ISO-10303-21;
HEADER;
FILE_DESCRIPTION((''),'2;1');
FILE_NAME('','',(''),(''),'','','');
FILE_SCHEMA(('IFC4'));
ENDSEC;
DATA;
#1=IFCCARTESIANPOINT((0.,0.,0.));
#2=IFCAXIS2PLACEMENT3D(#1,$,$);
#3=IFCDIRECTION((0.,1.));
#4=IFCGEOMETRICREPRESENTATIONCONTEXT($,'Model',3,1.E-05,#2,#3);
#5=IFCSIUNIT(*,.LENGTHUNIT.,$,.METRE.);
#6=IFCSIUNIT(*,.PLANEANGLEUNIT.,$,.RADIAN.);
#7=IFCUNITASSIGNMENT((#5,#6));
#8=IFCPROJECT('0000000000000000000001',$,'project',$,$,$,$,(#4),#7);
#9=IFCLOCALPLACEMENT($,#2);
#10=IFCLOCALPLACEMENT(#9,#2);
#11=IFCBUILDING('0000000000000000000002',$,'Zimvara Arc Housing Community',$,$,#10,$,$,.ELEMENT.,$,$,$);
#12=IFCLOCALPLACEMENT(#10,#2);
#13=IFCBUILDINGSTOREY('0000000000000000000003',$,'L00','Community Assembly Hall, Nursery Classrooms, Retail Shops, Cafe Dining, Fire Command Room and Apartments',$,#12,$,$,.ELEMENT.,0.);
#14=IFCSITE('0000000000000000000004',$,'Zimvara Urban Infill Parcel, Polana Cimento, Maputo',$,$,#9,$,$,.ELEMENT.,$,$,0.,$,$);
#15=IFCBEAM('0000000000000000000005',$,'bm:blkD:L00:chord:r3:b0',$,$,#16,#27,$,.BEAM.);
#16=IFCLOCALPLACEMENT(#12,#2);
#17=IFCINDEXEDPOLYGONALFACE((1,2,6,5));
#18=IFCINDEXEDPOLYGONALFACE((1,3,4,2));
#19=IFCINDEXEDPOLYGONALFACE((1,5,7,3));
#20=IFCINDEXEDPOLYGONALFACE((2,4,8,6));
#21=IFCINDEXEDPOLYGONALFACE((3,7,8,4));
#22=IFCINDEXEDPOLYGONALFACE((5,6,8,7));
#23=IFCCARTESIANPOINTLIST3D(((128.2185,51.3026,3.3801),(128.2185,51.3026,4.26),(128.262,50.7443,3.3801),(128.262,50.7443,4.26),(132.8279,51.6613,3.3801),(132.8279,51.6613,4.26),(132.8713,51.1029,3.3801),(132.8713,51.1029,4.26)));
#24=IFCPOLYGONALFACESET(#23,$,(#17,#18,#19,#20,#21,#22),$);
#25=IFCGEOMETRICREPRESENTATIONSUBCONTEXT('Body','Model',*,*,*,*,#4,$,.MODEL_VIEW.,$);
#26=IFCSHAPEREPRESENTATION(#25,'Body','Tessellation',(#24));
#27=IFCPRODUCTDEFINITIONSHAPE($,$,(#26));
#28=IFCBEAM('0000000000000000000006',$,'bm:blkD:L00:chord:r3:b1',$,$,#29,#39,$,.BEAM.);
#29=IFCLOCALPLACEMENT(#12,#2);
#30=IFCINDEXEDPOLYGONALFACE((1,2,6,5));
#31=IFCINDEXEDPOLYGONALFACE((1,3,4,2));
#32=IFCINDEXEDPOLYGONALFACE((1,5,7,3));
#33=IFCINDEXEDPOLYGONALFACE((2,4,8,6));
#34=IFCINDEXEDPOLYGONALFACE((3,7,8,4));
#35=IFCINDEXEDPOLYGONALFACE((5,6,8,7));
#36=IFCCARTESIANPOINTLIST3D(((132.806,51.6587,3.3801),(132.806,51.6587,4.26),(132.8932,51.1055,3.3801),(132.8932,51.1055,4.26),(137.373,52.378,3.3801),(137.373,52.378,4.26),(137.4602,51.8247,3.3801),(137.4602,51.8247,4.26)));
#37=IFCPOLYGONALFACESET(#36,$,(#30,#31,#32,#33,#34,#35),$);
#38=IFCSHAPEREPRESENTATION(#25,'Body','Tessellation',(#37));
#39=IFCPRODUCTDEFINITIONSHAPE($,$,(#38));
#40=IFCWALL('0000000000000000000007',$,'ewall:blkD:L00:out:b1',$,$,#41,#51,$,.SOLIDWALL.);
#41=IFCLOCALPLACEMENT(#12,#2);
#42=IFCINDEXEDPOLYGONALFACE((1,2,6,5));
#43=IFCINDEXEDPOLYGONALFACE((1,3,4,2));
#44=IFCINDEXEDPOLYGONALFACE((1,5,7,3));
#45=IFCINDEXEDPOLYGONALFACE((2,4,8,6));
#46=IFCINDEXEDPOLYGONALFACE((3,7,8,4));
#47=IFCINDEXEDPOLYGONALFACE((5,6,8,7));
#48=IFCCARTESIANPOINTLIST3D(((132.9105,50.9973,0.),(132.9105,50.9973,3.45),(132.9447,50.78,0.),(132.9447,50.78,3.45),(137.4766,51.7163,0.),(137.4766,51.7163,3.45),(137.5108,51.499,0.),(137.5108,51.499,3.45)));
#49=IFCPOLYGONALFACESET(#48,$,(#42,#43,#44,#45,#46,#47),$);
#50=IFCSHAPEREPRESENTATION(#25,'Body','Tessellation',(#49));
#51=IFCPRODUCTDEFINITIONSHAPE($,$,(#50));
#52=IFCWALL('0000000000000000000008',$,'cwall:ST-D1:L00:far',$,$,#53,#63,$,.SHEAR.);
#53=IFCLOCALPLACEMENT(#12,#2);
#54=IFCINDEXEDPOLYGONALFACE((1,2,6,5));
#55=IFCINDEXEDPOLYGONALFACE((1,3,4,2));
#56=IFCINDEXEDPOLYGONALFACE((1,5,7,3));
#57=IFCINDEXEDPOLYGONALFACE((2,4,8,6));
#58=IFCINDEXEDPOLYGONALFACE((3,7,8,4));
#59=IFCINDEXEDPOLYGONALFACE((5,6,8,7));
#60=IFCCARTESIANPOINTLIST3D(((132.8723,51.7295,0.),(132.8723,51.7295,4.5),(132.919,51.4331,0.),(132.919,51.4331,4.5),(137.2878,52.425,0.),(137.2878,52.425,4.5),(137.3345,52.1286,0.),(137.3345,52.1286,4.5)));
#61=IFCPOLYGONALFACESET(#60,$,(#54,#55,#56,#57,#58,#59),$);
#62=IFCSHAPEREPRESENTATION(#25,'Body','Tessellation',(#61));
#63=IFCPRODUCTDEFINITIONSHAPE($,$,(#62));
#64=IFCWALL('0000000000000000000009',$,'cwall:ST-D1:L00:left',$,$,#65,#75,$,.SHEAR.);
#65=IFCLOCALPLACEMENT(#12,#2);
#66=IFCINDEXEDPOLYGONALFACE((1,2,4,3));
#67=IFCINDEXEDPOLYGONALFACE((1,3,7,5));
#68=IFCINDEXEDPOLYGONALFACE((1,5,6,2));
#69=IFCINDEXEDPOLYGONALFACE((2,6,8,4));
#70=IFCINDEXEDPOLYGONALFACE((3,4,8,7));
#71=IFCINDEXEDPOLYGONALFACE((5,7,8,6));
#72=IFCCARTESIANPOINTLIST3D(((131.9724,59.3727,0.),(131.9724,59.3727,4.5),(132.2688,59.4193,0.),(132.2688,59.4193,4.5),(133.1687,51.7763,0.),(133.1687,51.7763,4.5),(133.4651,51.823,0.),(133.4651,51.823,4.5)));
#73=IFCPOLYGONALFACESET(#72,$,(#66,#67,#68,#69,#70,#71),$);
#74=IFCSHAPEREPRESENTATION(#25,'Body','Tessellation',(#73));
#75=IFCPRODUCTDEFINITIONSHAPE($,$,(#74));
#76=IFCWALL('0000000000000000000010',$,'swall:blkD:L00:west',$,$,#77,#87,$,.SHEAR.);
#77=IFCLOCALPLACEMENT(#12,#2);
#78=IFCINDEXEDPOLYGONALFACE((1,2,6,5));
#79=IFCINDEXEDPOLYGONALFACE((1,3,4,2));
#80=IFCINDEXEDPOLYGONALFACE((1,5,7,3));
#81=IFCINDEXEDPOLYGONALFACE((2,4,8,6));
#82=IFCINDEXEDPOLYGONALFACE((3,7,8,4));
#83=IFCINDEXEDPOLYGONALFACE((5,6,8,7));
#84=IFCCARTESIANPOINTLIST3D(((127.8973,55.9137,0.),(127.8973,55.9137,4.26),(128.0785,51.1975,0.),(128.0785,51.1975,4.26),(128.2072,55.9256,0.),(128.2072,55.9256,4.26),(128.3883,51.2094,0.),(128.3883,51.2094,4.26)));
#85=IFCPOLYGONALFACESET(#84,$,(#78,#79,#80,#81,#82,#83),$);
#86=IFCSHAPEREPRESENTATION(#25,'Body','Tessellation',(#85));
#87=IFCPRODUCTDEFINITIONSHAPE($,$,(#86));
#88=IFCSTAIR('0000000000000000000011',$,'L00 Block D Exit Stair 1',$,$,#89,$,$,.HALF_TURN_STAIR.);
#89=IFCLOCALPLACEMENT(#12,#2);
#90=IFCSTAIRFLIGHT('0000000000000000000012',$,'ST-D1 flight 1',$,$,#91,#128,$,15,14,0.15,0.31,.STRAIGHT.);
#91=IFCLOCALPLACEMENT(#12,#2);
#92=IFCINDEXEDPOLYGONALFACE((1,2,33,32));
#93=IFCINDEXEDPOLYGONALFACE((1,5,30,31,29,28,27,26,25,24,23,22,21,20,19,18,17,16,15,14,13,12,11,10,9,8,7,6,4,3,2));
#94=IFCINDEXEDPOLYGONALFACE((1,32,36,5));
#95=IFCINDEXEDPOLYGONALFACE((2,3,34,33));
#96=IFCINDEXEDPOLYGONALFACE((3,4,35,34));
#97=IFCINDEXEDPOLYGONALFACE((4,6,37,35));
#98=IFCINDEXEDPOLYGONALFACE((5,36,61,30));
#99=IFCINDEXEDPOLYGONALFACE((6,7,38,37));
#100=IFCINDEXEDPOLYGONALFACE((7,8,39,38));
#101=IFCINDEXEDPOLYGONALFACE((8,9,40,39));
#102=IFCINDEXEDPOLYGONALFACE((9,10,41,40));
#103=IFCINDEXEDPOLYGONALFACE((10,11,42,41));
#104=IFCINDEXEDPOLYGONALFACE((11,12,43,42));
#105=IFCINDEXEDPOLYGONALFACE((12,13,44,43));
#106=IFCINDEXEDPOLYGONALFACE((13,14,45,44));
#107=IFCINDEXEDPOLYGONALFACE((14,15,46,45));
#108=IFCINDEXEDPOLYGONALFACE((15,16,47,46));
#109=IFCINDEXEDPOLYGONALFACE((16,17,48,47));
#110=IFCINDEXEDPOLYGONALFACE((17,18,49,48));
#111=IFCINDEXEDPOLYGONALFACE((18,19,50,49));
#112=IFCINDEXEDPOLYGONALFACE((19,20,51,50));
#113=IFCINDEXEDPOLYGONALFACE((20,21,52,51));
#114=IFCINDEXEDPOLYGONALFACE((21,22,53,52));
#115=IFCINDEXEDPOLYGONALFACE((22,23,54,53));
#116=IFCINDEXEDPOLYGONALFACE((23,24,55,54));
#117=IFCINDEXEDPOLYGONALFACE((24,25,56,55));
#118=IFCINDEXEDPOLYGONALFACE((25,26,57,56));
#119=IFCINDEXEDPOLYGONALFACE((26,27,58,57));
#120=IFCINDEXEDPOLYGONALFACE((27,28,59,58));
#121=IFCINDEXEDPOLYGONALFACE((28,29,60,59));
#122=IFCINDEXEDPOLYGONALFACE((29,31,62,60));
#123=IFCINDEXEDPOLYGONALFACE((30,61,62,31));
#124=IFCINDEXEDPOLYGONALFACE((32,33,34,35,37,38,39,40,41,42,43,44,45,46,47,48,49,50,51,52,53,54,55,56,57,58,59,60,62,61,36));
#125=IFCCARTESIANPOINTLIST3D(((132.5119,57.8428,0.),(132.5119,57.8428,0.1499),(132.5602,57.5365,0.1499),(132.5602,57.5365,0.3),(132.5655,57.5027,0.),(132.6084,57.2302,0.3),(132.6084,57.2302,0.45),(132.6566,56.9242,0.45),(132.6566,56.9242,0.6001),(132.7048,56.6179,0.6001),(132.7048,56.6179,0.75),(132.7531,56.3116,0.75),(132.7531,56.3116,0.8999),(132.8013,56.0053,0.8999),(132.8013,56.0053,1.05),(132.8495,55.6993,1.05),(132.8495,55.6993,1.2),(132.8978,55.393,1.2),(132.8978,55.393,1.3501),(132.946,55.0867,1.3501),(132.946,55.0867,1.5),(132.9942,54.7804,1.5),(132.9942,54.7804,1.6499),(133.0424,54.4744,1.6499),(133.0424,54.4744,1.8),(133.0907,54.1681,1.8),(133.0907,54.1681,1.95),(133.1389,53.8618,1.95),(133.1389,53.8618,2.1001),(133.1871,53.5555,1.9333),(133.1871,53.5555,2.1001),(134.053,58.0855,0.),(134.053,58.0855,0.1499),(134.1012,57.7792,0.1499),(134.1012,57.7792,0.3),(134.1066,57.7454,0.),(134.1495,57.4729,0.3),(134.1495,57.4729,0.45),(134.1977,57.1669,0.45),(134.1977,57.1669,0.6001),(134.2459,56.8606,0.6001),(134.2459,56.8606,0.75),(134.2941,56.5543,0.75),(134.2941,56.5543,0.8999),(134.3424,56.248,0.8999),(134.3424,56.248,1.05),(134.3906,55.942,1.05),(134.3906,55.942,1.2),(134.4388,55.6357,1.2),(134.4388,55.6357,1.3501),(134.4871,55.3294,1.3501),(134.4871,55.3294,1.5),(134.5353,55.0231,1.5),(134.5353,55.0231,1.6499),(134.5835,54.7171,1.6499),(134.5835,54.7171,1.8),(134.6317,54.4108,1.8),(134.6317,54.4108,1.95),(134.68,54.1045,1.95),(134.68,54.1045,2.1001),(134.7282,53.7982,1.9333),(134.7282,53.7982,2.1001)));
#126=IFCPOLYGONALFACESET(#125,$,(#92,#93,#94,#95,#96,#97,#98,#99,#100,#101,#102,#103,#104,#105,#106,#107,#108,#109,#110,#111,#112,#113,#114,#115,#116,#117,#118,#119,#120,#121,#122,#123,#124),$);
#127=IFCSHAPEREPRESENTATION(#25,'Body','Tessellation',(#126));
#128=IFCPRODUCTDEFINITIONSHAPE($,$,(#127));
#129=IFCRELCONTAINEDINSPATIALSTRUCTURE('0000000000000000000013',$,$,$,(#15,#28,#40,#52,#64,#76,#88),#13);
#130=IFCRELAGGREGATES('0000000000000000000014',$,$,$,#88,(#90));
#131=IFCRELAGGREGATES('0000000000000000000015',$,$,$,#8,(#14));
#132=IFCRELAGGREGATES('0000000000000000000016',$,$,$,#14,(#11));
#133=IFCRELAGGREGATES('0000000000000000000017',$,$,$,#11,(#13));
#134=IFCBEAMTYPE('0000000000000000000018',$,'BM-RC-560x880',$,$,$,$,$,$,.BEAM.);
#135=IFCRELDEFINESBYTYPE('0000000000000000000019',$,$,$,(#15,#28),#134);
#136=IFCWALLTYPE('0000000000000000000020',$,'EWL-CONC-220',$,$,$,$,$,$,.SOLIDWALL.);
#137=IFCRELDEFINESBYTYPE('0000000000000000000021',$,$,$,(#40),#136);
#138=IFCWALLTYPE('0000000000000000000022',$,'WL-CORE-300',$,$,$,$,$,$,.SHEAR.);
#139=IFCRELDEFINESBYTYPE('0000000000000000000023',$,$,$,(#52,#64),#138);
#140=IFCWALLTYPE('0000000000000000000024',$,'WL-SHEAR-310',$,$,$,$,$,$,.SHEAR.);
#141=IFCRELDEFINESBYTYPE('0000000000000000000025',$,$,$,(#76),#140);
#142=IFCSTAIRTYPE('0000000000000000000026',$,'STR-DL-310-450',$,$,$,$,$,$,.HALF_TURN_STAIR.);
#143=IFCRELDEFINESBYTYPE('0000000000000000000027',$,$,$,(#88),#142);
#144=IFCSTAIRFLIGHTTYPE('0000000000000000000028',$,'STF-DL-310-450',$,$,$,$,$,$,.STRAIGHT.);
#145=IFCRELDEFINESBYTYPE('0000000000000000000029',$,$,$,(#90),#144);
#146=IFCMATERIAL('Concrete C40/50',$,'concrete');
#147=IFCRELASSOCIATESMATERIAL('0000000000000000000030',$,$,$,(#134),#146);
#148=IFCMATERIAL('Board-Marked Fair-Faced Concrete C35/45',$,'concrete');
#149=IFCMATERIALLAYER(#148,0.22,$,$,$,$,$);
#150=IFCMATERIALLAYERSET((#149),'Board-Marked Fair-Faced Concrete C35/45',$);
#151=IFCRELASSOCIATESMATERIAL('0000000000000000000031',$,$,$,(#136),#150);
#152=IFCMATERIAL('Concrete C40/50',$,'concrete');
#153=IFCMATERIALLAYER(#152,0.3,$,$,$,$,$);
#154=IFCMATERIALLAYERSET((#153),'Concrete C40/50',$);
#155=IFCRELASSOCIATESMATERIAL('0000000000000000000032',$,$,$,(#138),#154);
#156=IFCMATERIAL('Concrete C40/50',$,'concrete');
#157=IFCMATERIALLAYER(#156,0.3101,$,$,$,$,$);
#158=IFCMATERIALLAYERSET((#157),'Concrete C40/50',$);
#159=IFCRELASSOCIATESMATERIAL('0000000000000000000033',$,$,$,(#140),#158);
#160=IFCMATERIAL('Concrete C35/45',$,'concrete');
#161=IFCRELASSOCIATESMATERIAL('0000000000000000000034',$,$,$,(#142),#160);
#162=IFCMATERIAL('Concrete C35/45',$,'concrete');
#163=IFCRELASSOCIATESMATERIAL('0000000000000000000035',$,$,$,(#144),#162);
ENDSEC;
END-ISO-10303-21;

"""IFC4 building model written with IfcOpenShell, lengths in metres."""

from ifc_helpers import new_model, si_unit, direction, frame, frame_2d, origin, origin_2d, place, context, subcontext, project, spatial, polyline, rectangle, outline, extrude, material, layer, layer_set, material_profile, profile_set, type_object, element, aggregate, save


model = new_model("IFC4")

# Units and contexts
model_context = context("Model", 3, precision=1e-05, world=origin(), true_north=direction((0.0, 1.0)))
body_context = subcontext(model_context, "Body", "Model", "MODEL_VIEW")
ifc_project = project(units=[si_unit("LENGTHUNIT", "METRE"), si_unit("PLANEANGLEUNIT", "RADIAN")], contexts=[model_context])

# Site, building, storey
site_placement = place(None, origin())
site = spatial("IfcSite", under=ifc_project, at=site_placement, Name="Zimvara Urban Infill Parcel, Polana Cimento, Maputo", CompositionType="ELEMENT", RefElevation=0.0)
building_placement = place(site_placement, origin())
building = spatial("IfcBuilding", under=site, at=building_placement, Name="Zimvara Arc Housing Community", CompositionType="ELEMENT")
storey_placement = place(building_placement, origin())
storey = spatial("IfcBuildingStorey", under=building, at=storey_placement, Name="L00", Description="Community Assembly Hall, Nursery Classrooms, Retail Shops, Cafe Dining, Fire Command Room and Apartments", CompositionType="ELEMENT", Elevation=0.0)

# Beams
ifc_material_1 = material(Name="Concrete C40/50", Category="concrete")
ifc_material_profile_1 = material_profile(ifc_material_1, rectangle(XDim=0.5601, YDim=0.8799, at=origin_2d()), Name="RC 560x880")
ifc_profile_set_1 = profile_set([ifc_material_profile_1], Name="Concrete C40/50")
beam_type_1 = type_object("IfcBeamType", Name="BM-RC-560x880", PredefinedType="BEAM", material=ifc_profile_set_1)
for number, where, z_axis, x_axis, name in (
    (1, (128.2402, 51.0234, 3.8201), (0.996987, 0.077573, 0.0), (-0.077573, 0.996987, 0.0), "bm:blkD:L00:chord:r3:b0"),
    (2, (132.8496, 51.3821, 3.8201), (0.987825, 0.155572, 0.0), (-0.155572, 0.987825, 0.0), "bm:blkD:L00:chord:r3:b1"),
):
    element("IfcBeam", number, at=place(storey_placement, frame(where, z_axis=z_axis, x_axis=x_axis)), inside=storey, type_object=beam_type_1, Name=name, PredefinedType="BEAM", context=body_context, shape_type="SweptSolid", body=[
        extrude(rectangle(XDim=0.5601, YDim=0.8799, at=origin_2d()), origin(), (0.0, 0.0, 1.0), 4.6233),
    ])

# Wall
ifc_material_2 = material(Name="Board-Marked Fair-Faced Concrete C35/45", Category="concrete")
ifc_layer_1 = layer(ifc_material_2, 0.22)
ifc_layer_set_1 = layer_set([ifc_layer_1], Name="Board-Marked Fair-Faced Concrete C35/45")
wall_type_1 = type_object("IfcWallType", Name="EWL-CONC-220", PredefinedType="SOLIDWALL", material=ifc_layer_set_1)
wall_1_placement = place(storey_placement, frame((132.9277, 50.8887, 0.0), z_axis=(0.0, 0.0, 1.0), x_axis=(0.987829, 0.155545, 0.0)))
element("IfcWall", 3, at=wall_1_placement, inside=storey, type_object=wall_type_1, Name="ewall:blkD:L00:out:b1", PredefinedType="SOLIDWALL", context=body_context, shape_type="SweptSolid", body=[
    extrude(rectangle(XDim=4.6223, YDim=0.22, at=frame_2d((2.311, 0.0))), origin(), (0.0, 0.0, 1.0), 3.45),
])

# Walls
ifc_material_3 = material(Name="Concrete C40/50", Category="concrete")
ifc_layer_2 = layer(ifc_material_3, 0.3)
ifc_layer_set_2 = layer_set([ifc_layer_2], Name="Concrete C40/50")
wall_type_2 = type_object("IfcWallType", Name="WL-CORE-300", PredefinedType="SHEAR", material=ifc_layer_set_2)
wall_2_placement = place(storey_placement, frame((132.8958, 51.5813, 0.0), z_axis=(0.0, 0.0, 1.0), x_axis=(0.987819, 0.155606, 0.0)))
element("IfcWall", 4, at=wall_2_placement, inside=storey, type_object=wall_type_2, Name="cwall:ST-D1:L00:far", PredefinedType="SHEAR", context=body_context, shape_type="SweptSolid", body=[
    extrude(rectangle(XDim=4.47, YDim=0.3, at=frame_2d((2.2349, 0.0))), origin(), (0.0, 0.0, 1.0), 4.5),
])
wall_3_placement = place(storey_placement, frame((132.1206, 59.396, 0.0), z_axis=(0.0, 0.0, 1.0), x_axis=(0.155563, -0.987826, 0.0)))
element("IfcWall", 5, at=wall_3_placement, inside=storey, type_object=wall_type_2, Name="cwall:ST-D1:L00:left", PredefinedType="SHEAR", context=body_context, shape_type="SweptSolid", body=[
    extrude(rectangle(XDim=7.6899, YDim=0.3, at=frame_2d((3.845, 0.0))), origin(), (0.0, 0.0, 1.0), 4.5),
])
ifc_material_4 = material(Name="Concrete C40/50", Category="concrete")
ifc_layer_3 = layer(ifc_material_4, 0.3101)
ifc_layer_set_3 = layer_set([ifc_layer_3], Name="Concrete C40/50")
wall_type_3 = type_object("IfcWallType", Name="WL-SHEAR-310", PredefinedType="SHEAR", material=ifc_layer_set_3)
wall_4_placement = place(storey_placement, frame((128.0522, 55.9197, 0.0), z_axis=(0.0, 0.0, 1.0), x_axis=(0.038381, -0.999263, 0.0)))
element("IfcWall", 6, at=wall_4_placement, inside=storey, type_object=wall_type_3, Name="swall:blkD:L00:west", PredefinedType="SHEAR", context=body_context, shape_type="SweptSolid", body=[
    extrude(rectangle(XDim=4.7197, YDim=0.3101, at=frame_2d((2.3599, 0.0))), origin(), (0.0, 0.0, 1.0), 4.26),
])

# Stair, stair flight
ifc_material_5 = material(Name="Concrete C35/45", Category="concrete")
stair_type = type_object("IfcStairType", Name="STR-DL-310-450", PredefinedType="HALF_TURN_STAIR", material=ifc_material_5)
stair_placement = place(storey_placement, origin())
stair = element("IfcStair", 7, at=stair_placement, inside=storey, type_object=stair_type, Name="L00 Block D Exit Stair 1", PredefinedType="HALF_TURN_STAIR")
ifc_material_6 = material(Name="Concrete C35/45", Category="concrete")
stair_flight_type = type_object("IfcStairFlightType", Name="STF-DL-310-450", PredefinedType="STRAIGHT", material=ifc_material_6)
stair_flight_placement = place(storey_placement, frame((133.2825, 57.9641, 0.0), z_axis=(0.0, 0.0, 1.0), x_axis=(0.155572, -0.987824, 0.0)))
stair_flight = element("IfcStairFlight", 8, at=stair_flight_placement, type_object=stair_flight_type, Name="ST-D1 flight 1", NumberOfRisers=15, NumberOfTreads=14, PredefinedType="STRAIGHT", RiserHeight=0.15, TreadLength=0.31, context=body_context, shape_type="SweptSolid", body=[
    extrude(outline(polyline([(0.0, 0.0), (0.0, 0.1499), (0.3101, 0.1499), (0.3101, 0.3), (0.6201, 0.3), (0.6201, 0.45), (0.9299, 0.45), (0.9299, 0.6001), (1.24, 0.6001), (1.24, 0.75), (1.55, 0.75), (1.55, 0.8999), (1.8601, 0.8999), (1.8601, 1.05), (2.1699, 1.05), (2.1699, 1.2), (2.48, 1.2), (2.48, 1.3501), (2.79, 1.3501), (2.79, 1.5), (3.1001, 1.5), (3.1001, 1.6499), (3.4099, 1.6499), (3.4099, 1.8), (3.72, 1.8), (3.72, 1.95), (4.03, 1.95), (4.03, 2.1001), (4.3401, 2.1001), (4.3401, 2.25), (4.3401, 1.9333), (0.3442, 0.0), (0.0, 0.0)])), frame((0.0, 0.78, 0.0), z_axis=(0.0, -1.0, 0.0), x_axis=(1.0, 0.0, 0.0)), (0.0, 0.0, 1.0), 1.5601),
])
aggregate(stair, [stair_flight])

save(model, "model.ifc")
